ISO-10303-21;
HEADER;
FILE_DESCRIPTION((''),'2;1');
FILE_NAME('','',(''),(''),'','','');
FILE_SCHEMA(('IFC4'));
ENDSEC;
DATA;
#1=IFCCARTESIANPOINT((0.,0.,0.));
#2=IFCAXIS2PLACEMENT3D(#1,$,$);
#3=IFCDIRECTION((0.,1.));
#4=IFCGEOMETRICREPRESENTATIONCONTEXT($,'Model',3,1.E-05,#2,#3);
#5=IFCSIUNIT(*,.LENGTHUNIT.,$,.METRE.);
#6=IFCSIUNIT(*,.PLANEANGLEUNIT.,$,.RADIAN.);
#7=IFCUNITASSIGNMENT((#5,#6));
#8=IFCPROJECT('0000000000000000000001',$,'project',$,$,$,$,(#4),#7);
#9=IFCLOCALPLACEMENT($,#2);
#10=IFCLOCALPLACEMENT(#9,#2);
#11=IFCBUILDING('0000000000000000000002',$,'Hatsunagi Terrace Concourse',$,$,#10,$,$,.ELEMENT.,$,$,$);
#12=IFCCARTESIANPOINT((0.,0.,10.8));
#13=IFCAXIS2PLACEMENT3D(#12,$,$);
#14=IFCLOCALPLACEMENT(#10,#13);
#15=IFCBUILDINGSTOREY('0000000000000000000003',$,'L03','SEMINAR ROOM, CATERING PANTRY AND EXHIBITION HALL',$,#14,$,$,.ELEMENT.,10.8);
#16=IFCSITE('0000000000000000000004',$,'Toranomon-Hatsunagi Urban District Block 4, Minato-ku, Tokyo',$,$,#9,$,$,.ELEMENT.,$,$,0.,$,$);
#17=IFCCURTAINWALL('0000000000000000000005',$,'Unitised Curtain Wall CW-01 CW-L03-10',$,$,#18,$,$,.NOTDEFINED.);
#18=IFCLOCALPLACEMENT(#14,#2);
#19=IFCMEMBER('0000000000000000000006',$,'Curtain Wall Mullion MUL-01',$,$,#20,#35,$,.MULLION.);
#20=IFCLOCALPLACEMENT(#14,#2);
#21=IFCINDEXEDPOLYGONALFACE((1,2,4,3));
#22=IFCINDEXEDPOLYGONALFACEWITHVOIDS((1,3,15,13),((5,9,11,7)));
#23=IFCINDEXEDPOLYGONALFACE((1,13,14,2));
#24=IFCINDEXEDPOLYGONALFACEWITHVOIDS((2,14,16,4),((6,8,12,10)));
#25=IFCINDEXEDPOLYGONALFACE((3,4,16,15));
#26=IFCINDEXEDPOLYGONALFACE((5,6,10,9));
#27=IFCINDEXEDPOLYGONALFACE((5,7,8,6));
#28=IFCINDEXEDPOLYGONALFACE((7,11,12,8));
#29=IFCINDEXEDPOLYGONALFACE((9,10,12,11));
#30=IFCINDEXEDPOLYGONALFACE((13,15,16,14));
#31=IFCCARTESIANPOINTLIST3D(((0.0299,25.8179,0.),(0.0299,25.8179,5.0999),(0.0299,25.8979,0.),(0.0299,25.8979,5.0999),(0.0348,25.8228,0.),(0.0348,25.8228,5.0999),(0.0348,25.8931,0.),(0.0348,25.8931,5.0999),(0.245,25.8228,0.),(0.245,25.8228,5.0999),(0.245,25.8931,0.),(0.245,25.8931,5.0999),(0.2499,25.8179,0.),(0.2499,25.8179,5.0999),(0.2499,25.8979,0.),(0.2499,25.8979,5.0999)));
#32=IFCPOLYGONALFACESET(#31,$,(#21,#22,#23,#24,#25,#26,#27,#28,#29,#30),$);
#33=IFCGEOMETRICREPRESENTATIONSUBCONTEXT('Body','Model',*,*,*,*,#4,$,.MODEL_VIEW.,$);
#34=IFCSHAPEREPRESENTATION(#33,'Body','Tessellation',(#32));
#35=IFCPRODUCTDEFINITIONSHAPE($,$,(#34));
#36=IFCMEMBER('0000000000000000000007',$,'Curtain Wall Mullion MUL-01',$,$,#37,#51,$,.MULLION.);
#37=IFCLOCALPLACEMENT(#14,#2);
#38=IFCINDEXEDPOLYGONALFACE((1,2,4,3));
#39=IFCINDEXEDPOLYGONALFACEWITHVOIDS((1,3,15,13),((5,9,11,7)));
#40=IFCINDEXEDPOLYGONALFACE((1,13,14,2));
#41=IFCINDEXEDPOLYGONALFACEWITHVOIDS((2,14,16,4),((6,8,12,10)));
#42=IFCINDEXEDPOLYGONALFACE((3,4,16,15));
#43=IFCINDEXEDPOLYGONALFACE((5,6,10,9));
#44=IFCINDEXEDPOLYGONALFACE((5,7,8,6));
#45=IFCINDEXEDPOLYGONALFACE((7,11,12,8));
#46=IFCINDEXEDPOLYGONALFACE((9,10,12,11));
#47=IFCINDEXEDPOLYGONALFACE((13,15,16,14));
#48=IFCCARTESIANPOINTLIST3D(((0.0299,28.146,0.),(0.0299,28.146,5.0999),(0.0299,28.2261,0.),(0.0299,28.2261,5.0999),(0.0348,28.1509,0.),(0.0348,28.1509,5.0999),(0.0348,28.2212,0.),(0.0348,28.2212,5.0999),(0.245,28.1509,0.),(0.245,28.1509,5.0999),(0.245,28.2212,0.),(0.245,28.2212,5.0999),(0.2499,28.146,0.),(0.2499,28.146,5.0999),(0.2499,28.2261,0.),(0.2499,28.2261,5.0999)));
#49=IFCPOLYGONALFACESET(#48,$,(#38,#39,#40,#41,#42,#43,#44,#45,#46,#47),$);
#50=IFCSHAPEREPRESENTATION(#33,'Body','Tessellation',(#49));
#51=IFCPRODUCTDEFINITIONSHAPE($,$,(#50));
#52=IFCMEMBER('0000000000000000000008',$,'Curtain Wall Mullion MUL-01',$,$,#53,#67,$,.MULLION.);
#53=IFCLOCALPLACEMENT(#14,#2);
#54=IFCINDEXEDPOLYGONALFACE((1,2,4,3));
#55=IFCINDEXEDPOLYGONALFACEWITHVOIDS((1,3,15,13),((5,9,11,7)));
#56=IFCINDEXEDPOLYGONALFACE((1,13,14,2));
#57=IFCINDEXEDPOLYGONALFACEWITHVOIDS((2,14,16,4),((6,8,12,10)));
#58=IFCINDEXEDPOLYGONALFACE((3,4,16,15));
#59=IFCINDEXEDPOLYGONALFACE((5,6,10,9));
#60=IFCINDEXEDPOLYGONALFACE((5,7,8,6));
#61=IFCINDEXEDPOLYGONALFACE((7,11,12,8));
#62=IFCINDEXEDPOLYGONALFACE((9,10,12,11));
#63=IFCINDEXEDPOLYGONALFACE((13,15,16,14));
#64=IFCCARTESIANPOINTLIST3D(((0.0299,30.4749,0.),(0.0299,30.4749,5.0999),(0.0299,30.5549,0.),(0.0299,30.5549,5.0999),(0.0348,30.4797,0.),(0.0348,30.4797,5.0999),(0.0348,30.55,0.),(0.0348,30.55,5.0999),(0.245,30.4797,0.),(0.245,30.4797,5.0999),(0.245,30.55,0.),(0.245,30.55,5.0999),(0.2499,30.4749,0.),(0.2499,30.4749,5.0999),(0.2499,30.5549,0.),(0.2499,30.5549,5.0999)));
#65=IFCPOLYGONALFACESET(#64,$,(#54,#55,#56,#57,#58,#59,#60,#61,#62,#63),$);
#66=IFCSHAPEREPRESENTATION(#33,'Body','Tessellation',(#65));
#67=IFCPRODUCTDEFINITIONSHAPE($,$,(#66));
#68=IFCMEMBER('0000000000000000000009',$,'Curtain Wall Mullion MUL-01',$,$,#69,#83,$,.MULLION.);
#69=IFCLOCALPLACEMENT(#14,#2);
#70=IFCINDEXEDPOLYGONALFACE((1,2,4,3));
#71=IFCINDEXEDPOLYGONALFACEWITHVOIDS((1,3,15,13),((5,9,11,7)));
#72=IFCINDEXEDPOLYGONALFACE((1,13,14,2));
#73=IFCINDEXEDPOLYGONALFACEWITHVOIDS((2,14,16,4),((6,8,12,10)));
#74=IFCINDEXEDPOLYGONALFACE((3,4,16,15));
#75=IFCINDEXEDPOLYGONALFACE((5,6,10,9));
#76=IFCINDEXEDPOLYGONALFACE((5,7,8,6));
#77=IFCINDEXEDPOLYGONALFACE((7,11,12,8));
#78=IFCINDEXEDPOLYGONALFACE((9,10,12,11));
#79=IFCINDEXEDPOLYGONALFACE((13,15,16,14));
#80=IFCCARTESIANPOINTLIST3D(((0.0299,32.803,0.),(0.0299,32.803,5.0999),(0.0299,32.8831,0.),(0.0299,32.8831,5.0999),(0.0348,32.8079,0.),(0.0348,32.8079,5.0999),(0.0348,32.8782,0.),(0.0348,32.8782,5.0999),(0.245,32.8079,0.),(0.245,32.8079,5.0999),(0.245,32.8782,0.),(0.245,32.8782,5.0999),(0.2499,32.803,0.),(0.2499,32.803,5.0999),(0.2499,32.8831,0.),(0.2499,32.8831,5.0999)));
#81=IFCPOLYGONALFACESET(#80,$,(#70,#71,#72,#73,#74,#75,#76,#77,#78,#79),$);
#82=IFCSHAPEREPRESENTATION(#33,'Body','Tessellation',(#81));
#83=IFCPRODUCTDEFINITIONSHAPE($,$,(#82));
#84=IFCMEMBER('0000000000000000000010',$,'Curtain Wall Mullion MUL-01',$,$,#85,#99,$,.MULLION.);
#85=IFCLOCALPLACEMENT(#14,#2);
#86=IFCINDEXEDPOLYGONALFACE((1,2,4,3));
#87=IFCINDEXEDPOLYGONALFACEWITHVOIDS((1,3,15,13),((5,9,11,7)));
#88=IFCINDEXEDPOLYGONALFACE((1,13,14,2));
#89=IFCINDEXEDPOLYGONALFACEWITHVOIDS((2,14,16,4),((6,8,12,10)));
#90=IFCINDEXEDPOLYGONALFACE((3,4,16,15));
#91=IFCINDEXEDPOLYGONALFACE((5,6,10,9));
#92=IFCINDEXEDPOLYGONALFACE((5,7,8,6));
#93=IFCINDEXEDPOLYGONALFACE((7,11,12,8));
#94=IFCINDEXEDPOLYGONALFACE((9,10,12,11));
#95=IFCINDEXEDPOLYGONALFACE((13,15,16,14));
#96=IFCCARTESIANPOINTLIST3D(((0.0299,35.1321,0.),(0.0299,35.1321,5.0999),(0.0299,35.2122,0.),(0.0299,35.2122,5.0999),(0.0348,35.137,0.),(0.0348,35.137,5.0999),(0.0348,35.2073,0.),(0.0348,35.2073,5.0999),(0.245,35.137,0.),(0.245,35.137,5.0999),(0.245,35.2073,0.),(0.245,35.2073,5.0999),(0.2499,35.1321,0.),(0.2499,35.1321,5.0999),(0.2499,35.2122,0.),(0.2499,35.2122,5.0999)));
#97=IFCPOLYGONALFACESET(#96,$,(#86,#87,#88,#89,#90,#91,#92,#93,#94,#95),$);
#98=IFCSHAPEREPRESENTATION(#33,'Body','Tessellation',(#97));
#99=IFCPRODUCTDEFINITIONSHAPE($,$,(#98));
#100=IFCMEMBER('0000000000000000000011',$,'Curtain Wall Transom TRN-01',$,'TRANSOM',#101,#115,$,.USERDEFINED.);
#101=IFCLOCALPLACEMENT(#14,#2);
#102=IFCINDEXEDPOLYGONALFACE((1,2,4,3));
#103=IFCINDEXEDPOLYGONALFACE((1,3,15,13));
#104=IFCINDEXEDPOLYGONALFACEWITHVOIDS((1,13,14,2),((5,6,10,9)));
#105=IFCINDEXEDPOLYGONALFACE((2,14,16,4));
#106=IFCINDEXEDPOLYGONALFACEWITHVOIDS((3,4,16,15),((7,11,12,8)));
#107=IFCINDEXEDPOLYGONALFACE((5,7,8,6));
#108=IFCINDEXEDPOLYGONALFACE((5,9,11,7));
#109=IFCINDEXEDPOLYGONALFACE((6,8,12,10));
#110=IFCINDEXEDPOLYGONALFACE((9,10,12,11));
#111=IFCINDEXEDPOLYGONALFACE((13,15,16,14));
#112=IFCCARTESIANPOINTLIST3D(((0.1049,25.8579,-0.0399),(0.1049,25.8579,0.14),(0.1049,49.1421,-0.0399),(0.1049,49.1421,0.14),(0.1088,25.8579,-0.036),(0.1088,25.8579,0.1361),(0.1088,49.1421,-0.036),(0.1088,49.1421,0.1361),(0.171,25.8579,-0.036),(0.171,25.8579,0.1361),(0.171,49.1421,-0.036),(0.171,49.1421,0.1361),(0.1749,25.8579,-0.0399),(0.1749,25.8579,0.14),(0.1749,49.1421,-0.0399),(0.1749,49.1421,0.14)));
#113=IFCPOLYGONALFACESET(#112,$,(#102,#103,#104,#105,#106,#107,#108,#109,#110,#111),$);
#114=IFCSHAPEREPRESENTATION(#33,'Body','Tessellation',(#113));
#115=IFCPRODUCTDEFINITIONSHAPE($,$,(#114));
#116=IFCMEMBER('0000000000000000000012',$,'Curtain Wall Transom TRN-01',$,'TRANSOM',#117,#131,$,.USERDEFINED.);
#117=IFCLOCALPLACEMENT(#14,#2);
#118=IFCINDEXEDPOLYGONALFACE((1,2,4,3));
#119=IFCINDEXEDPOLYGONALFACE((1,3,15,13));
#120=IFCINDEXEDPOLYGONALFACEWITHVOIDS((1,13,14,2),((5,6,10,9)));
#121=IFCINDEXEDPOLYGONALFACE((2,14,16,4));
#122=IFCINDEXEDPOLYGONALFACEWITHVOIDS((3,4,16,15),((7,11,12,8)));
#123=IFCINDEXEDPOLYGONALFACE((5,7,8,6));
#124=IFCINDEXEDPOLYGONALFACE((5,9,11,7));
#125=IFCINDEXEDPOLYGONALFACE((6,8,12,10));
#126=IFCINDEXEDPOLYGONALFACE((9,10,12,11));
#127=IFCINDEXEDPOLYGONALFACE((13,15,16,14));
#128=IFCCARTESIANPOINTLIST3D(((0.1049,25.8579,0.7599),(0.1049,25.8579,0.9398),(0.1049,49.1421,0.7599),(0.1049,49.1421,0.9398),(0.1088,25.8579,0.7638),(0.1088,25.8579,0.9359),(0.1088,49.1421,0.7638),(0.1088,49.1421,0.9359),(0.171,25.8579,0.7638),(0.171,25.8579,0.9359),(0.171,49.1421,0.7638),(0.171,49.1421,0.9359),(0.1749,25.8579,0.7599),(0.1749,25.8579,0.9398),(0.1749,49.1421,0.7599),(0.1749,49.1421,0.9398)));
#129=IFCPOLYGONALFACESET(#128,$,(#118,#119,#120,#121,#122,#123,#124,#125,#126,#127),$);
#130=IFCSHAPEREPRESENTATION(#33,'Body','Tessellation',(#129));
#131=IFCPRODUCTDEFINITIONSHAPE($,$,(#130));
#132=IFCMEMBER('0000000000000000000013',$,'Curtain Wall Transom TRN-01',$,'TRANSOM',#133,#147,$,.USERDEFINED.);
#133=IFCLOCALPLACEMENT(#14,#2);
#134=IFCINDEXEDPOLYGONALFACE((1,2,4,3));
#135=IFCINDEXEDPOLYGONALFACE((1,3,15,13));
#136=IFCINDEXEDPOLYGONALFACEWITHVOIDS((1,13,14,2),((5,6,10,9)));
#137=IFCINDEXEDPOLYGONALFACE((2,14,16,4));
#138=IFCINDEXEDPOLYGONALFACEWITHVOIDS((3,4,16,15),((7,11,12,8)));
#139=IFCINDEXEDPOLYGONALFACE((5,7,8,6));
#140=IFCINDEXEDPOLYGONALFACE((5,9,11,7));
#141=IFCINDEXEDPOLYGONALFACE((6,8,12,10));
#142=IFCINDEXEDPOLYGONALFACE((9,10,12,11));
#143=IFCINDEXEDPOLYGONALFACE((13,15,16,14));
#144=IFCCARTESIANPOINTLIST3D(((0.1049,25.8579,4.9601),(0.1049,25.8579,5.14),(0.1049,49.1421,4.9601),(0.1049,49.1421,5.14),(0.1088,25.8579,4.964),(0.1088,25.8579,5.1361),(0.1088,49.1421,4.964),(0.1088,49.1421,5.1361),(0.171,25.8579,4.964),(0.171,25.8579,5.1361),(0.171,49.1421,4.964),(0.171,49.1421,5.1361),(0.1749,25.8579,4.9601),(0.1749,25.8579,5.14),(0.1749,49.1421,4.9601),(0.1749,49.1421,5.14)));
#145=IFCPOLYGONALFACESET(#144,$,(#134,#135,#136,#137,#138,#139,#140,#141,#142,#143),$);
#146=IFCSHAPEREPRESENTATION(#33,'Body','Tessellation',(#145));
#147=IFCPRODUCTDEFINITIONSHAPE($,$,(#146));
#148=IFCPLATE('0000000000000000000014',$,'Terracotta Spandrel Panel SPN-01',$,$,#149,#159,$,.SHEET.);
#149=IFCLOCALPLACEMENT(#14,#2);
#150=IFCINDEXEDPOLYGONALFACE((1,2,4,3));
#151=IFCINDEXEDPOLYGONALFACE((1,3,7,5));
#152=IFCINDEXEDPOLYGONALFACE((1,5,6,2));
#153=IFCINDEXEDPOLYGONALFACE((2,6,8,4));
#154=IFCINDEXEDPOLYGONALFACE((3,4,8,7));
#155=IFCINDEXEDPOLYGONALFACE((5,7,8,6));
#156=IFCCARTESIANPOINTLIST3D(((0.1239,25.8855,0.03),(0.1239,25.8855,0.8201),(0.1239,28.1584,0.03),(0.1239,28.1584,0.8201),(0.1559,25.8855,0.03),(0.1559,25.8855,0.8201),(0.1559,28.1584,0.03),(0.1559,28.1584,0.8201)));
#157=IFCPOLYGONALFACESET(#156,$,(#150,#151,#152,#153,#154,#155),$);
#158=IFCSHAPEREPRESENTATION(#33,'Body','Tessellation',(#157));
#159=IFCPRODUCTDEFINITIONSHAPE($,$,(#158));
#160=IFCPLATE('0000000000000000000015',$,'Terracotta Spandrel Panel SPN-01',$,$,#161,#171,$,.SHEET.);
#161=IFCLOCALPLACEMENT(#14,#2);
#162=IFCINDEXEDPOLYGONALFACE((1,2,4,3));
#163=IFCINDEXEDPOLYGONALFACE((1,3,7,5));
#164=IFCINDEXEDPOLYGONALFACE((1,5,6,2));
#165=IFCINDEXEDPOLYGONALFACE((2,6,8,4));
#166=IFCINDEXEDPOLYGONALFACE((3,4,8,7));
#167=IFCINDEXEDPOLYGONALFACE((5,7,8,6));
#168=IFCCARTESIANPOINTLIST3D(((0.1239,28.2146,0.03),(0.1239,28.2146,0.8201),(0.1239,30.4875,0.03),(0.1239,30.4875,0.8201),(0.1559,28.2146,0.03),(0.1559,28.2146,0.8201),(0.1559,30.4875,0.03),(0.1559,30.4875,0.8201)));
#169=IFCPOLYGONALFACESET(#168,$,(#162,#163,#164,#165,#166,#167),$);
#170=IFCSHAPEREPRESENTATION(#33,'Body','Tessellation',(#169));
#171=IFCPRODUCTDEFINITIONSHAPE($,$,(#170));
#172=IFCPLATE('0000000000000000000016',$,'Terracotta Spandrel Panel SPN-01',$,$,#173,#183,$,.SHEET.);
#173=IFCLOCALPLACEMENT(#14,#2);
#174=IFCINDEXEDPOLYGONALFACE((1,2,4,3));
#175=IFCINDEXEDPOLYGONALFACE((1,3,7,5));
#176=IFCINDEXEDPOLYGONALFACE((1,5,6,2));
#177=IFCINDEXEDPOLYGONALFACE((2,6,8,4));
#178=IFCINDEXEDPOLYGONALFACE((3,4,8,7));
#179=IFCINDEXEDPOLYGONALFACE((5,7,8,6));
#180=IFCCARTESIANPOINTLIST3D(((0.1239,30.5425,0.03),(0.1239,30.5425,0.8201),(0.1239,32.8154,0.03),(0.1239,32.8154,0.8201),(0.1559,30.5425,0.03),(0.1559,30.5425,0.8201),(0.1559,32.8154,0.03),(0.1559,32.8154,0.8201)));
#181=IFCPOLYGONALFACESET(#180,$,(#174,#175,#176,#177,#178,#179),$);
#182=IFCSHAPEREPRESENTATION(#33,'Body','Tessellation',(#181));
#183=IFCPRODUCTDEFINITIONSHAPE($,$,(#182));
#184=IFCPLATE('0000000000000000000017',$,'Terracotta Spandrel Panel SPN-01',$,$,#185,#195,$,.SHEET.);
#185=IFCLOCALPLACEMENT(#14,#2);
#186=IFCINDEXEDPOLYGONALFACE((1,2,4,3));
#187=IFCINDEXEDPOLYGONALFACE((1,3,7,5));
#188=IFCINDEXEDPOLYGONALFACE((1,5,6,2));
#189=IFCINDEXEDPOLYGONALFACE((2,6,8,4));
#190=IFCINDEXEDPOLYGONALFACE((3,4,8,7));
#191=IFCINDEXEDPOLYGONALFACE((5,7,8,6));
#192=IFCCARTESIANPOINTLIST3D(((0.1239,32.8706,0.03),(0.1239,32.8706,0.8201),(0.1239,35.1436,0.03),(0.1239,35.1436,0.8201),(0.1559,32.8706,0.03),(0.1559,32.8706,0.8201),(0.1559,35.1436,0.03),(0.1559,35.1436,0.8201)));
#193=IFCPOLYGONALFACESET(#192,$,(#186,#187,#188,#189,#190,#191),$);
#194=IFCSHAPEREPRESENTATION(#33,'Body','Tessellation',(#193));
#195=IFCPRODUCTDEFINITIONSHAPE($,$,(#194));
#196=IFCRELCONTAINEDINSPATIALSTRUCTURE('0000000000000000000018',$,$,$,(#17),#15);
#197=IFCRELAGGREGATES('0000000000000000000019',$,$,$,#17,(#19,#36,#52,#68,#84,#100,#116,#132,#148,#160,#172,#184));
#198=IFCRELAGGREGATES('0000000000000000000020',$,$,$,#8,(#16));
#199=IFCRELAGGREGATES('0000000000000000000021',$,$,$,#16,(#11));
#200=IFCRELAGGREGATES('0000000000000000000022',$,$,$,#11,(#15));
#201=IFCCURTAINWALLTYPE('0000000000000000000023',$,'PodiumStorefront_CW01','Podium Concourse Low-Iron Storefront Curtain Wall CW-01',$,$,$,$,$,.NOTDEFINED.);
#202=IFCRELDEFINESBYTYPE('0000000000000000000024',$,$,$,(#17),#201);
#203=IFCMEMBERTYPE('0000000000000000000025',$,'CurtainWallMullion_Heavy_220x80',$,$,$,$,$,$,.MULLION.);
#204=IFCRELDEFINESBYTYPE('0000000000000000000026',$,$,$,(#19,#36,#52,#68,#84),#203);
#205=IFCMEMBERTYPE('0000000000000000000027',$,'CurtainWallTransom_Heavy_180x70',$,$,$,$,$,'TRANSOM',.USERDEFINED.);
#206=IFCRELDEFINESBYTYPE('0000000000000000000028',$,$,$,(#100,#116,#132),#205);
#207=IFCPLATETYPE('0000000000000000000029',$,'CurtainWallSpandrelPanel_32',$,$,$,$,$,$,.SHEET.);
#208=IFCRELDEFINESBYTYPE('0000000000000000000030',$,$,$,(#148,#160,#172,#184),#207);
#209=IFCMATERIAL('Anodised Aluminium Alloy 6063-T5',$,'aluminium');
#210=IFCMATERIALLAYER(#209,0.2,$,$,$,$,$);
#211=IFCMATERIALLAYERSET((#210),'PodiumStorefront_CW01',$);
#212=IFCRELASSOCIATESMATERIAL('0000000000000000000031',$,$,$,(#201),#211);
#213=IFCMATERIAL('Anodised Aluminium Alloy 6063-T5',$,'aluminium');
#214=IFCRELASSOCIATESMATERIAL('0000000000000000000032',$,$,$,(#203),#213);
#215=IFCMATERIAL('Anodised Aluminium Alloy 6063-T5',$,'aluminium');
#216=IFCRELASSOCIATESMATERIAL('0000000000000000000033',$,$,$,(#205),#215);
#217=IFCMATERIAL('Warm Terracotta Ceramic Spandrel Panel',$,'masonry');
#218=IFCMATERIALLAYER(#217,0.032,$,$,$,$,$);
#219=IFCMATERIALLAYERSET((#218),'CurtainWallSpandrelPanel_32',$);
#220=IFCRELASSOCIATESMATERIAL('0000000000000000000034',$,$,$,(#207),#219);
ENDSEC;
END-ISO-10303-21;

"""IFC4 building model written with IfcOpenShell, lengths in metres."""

from ifc_helpers import new_model, si_unit, direction, frame, origin, origin_2d, place, context, subcontext, project, spatial, rectangle, hollow_rectangle, extrude, material, layer, layer_set, material_profile, profile_set, type_object, element, aggregate, save


model = new_model("IFC4")

# Units and contexts
model_context = context("Model", 3, precision=1e-05, world=origin(), true_north=direction((0.0, 1.0)))
body_context = subcontext(model_context, "Body", "Model", "MODEL_VIEW")
ifc_project = project(units=[si_unit("LENGTHUNIT", "METRE"), si_unit("PLANEANGLEUNIT", "RADIAN")], contexts=[model_context])

# Site, building, storey
site_placement = place(None, origin())
site = spatial("IfcSite", under=ifc_project, at=site_placement, Name="Toranomon-Hatsunagi Urban District Block 4, Minato-ku, Tokyo", CompositionType="ELEMENT", RefElevation=0.0)
building_placement = place(site_placement, origin())
building = spatial("IfcBuilding", under=site, at=building_placement, Name="Hatsunagi Terrace Concourse", CompositionType="ELEMENT")
storey_placement = place(building_placement, frame((0.0, 0.0, 10.8)))
storey = spatial("IfcBuildingStorey", under=building, at=storey_placement, Name="L03", Description="SEMINAR ROOM, CATERING PANTRY AND EXHIBITION HALL", CompositionType="ELEMENT", Elevation=10.8)

# Curtain wall, members, plates
ifc_material_1 = material(Name="Anodised Aluminium Alloy 6063-T5", Category="aluminium")
ifc_layer_1 = layer(ifc_material_1, 0.2)
ifc_layer_set_1 = layer_set([ifc_layer_1], Name="PodiumStorefront_CW01")
curtain_wall_type = type_object("IfcCurtainWallType", Name="PodiumStorefront_CW01", Description="Podium Concourse Low-Iron Storefront Curtain Wall CW-01", PredefinedType="NOTDEFINED", material=ifc_layer_set_1)
curtain_wall_placement = place(storey_placement, origin())
curtain_wall = element("IfcCurtainWall", 1, at=curtain_wall_placement, inside=storey, type_object=curtain_wall_type, Name="Unitised Curtain Wall CW-01 CW-L03-10", PredefinedType="NOTDEFINED")
ifc_material_2 = material(Name="Anodised Aluminium Alloy 6063-T5", Category="aluminium")
ifc_material_profile_1 = material_profile(ifc_material_2, hollow_rectangle(XDim=0.0801, YDim=0.22, WallThickness=0.0049, at=origin_2d()), Name="ALU-MUL-220x80x5")
ifc_profile_set_1 = profile_set([ifc_material_profile_1], Name="Anodised Aluminium Alloy 6063-T5")
member_type_1 = type_object("IfcMemberType", Name="CurtainWallMullion_Heavy_220x80", PredefinedType="MULLION", material=ifc_profile_set_1)
member_1_placement = place(storey_placement, frame((0.1399, 25.8579, 0.0), z_axis=(0.0, 0.0, 1.0), x_axis=(0.0, 1.0, 0.0)))
member_1 = element("IfcMember", 2, at=member_1_placement, type_object=member_type_1, Name="Curtain Wall Mullion MUL-01", PredefinedType="MULLION", context=body_context, shape_type="SweptSolid", body=[
    extrude(hollow_rectangle(XDim=0.0801, YDim=0.22, WallThickness=0.0049, at=origin_2d()), origin(), (0.0, 0.0, 1.0), 5.0999),
])
member_2_placement = place(storey_placement, frame((0.1399, 28.186, 0.0), z_axis=(0.0, 0.0, 1.0), x_axis=(0.0, 1.0, 0.0)))
member_2 = element("IfcMember", 3, at=member_2_placement, type_object=member_type_1, Name="Curtain Wall Mullion MUL-01", PredefinedType="MULLION", context=body_context, shape_type="SweptSolid", body=[
    extrude(hollow_rectangle(XDim=0.0801, YDim=0.22, WallThickness=0.0049, at=origin_2d()), origin(), (0.0, 0.0, 1.0), 5.0999),
])
member_3_placement = place(storey_placement, frame((0.1399, 30.5149, 0.0), z_axis=(0.0, 0.0, 1.0), x_axis=(0.0, 1.0, 0.0)))
member_3 = element("IfcMember", 4, at=member_3_placement, type_object=member_type_1, Name="Curtain Wall Mullion MUL-01", PredefinedType="MULLION", context=body_context, shape_type="SweptSolid", body=[
    extrude(hollow_rectangle(XDim=0.0801, YDim=0.22, WallThickness=0.0049, at=origin_2d()), origin(), (0.0, 0.0, 1.0), 5.0999),
])
member_4_placement = place(storey_placement, frame((0.1399, 32.843, 0.0), z_axis=(0.0, 0.0, 1.0), x_axis=(0.0, 1.0, 0.0)))
member_4 = element("IfcMember", 5, at=member_4_placement, type_object=member_type_1, Name="Curtain Wall Mullion MUL-01", PredefinedType="MULLION", context=body_context, shape_type="SweptSolid", body=[
    extrude(hollow_rectangle(XDim=0.0801, YDim=0.22, WallThickness=0.0049, at=origin_2d()), origin(), (0.0, 0.0, 1.0), 5.0999),
])
member_5_placement = place(storey_placement, frame((0.1399, 35.1721, 0.0), z_axis=(0.0, 0.0, 1.0), x_axis=(0.0, 1.0, 0.0)))
member_5 = element("IfcMember", 6, at=member_5_placement, type_object=member_type_1, Name="Curtain Wall Mullion MUL-01", PredefinedType="MULLION", context=body_context, shape_type="SweptSolid", body=[
    extrude(hollow_rectangle(XDim=0.0801, YDim=0.22, WallThickness=0.0049, at=origin_2d()), origin(), (0.0, 0.0, 1.0), 5.0999),
])
ifc_material_3 = material(Name="Anodised Aluminium Alloy 6063-T5", Category="aluminium")
ifc_material_profile_2 = material_profile(ifc_material_3, hollow_rectangle(XDim=0.0701, YDim=0.1799, WallThickness=0.0039, at=origin_2d()), Name="ALU-TRN-180x70x4")
ifc_profile_set_2 = profile_set([ifc_material_profile_2], Name="Anodised Aluminium Alloy 6063-T5")
member_type_2 = type_object("IfcMemberType", Name="CurtainWallTransom_Heavy_180x70", ElementType="TRANSOM", PredefinedType="USERDEFINED", material=ifc_profile_set_2)
member_6_placement = place(storey_placement, frame((0.1399, 25.8579, 0.05), z_axis=(0.0, 1.0, 0.0), x_axis=(-1.0, 0.0, 0.0)))
member_6 = element("IfcMember", 7, at=member_6_placement, type_object=member_type_2, Name="Curtain Wall Transom TRN-01", ObjectType="TRANSOM", PredefinedType="USERDEFINED", context=body_context, shape_type="SweptSolid", body=[
    extrude(hollow_rectangle(XDim=0.0701, YDim=0.1799, WallThickness=0.0039, at=origin_2d()), origin(), (0.0, 0.0, 1.0), 23.2842),
])
member_7_placement = place(storey_placement, frame((0.1399, 25.8579, 0.8499), z_axis=(0.0, 1.0, 0.0), x_axis=(-1.0, 0.0, 0.0)))
member_7 = element("IfcMember", 8, at=member_7_placement, type_object=member_type_2, Name="Curtain Wall Transom TRN-01", ObjectType="TRANSOM", PredefinedType="USERDEFINED", context=body_context, shape_type="SweptSolid", body=[
    extrude(hollow_rectangle(XDim=0.0701, YDim=0.1799, WallThickness=0.0039, at=origin_2d()), origin(), (0.0, 0.0, 1.0), 23.2842),
])
member_8_placement = place(storey_placement, frame((0.1399, 25.8579, 5.05), z_axis=(0.0, 1.0, 0.0), x_axis=(-1.0, 0.0, 0.0)))
member_8 = element("IfcMember", 9, at=member_8_placement, type_object=member_type_2, Name="Curtain Wall Transom TRN-01", ObjectType="TRANSOM", PredefinedType="USERDEFINED", context=body_context, shape_type="SweptSolid", body=[
    extrude(hollow_rectangle(XDim=0.0701, YDim=0.1799, WallThickness=0.0039, at=origin_2d()), origin(), (0.0, 0.0, 1.0), 23.2842),
])
ifc_material_4 = material(Name="Warm Terracotta Ceramic Spandrel Panel", Category="masonry")
ifc_layer_2 = layer(ifc_material_4, 0.032)
ifc_layer_set_2 = layer_set([ifc_layer_2], Name="CurtainWallSpandrelPanel_32")
plate_type_1 = type_object("IfcPlateType", Name="CurtainWallSpandrelPanel_32", PredefinedType="SHEET", material=ifc_layer_set_2)
plate_1_placement = place(storey_placement, frame((0.1399, 27.022, 0.03), z_axis=(0.0, 0.0, 1.0), x_axis=(0.0, 1.0, 0.0)))
plate_1 = element("IfcPlate", 10, at=plate_1_placement, type_object=plate_type_1, Name="Terracotta Spandrel Panel SPN-01", PredefinedType="SHEET", context=body_context, shape_type="SweptSolid", body=[
    extrude(rectangle(XDim=2.2729, YDim=0.032, at=origin_2d()), origin(), (0.0, 0.0, 1.0), 0.79),
])
plate_2_placement = place(storey_placement, frame((0.1399, 29.3511, 0.03), z_axis=(0.0, 0.0, 1.0), x_axis=(0.0, 1.0, 0.0)))
plate_2 = element("IfcPlate", 11, at=plate_2_placement, type_object=plate_type_1, Name="Terracotta Spandrel Panel SPN-01", PredefinedType="SHEET", context=body_context, shape_type="SweptSolid", body=[
    extrude(rectangle(XDim=2.2729, YDim=0.032, at=origin_2d()), origin(), (0.0, 0.0, 1.0), 0.79),
])
plate_3_placement = place(storey_placement, frame((0.1399, 31.679, 0.03), z_axis=(0.0, 0.0, 1.0), x_axis=(0.0, 1.0, 0.0)))
plate_3 = element("IfcPlate", 12, at=plate_3_placement, type_object=plate_type_1, Name="Terracotta Spandrel Panel SPN-01", PredefinedType="SHEET", context=body_context, shape_type="SweptSolid", body=[
    extrude(rectangle(XDim=2.2729, YDim=0.032, at=origin_2d()), origin(), (0.0, 0.0, 1.0), 0.79),
])
plate_4_placement = place(storey_placement, frame((0.1399, 34.0071, 0.03), z_axis=(0.0, 0.0, 1.0), x_axis=(0.0, 1.0, 0.0)))
plate_4 = element("IfcPlate", 13, at=plate_4_placement, type_object=plate_type_1, Name="Terracotta Spandrel Panel SPN-01", PredefinedType="SHEET", context=body_context, shape_type="SweptSolid", body=[
    extrude(rectangle(XDim=2.2729, YDim=0.032, at=origin_2d()), origin(), (0.0, 0.0, 1.0), 0.79),
])
aggregate(curtain_wall, [member_1, member_2, member_3, member_4, member_5, member_6, member_7, member_8, plate_1, plate_2, plate_3, plate_4])

save(model, "model.ifc")
